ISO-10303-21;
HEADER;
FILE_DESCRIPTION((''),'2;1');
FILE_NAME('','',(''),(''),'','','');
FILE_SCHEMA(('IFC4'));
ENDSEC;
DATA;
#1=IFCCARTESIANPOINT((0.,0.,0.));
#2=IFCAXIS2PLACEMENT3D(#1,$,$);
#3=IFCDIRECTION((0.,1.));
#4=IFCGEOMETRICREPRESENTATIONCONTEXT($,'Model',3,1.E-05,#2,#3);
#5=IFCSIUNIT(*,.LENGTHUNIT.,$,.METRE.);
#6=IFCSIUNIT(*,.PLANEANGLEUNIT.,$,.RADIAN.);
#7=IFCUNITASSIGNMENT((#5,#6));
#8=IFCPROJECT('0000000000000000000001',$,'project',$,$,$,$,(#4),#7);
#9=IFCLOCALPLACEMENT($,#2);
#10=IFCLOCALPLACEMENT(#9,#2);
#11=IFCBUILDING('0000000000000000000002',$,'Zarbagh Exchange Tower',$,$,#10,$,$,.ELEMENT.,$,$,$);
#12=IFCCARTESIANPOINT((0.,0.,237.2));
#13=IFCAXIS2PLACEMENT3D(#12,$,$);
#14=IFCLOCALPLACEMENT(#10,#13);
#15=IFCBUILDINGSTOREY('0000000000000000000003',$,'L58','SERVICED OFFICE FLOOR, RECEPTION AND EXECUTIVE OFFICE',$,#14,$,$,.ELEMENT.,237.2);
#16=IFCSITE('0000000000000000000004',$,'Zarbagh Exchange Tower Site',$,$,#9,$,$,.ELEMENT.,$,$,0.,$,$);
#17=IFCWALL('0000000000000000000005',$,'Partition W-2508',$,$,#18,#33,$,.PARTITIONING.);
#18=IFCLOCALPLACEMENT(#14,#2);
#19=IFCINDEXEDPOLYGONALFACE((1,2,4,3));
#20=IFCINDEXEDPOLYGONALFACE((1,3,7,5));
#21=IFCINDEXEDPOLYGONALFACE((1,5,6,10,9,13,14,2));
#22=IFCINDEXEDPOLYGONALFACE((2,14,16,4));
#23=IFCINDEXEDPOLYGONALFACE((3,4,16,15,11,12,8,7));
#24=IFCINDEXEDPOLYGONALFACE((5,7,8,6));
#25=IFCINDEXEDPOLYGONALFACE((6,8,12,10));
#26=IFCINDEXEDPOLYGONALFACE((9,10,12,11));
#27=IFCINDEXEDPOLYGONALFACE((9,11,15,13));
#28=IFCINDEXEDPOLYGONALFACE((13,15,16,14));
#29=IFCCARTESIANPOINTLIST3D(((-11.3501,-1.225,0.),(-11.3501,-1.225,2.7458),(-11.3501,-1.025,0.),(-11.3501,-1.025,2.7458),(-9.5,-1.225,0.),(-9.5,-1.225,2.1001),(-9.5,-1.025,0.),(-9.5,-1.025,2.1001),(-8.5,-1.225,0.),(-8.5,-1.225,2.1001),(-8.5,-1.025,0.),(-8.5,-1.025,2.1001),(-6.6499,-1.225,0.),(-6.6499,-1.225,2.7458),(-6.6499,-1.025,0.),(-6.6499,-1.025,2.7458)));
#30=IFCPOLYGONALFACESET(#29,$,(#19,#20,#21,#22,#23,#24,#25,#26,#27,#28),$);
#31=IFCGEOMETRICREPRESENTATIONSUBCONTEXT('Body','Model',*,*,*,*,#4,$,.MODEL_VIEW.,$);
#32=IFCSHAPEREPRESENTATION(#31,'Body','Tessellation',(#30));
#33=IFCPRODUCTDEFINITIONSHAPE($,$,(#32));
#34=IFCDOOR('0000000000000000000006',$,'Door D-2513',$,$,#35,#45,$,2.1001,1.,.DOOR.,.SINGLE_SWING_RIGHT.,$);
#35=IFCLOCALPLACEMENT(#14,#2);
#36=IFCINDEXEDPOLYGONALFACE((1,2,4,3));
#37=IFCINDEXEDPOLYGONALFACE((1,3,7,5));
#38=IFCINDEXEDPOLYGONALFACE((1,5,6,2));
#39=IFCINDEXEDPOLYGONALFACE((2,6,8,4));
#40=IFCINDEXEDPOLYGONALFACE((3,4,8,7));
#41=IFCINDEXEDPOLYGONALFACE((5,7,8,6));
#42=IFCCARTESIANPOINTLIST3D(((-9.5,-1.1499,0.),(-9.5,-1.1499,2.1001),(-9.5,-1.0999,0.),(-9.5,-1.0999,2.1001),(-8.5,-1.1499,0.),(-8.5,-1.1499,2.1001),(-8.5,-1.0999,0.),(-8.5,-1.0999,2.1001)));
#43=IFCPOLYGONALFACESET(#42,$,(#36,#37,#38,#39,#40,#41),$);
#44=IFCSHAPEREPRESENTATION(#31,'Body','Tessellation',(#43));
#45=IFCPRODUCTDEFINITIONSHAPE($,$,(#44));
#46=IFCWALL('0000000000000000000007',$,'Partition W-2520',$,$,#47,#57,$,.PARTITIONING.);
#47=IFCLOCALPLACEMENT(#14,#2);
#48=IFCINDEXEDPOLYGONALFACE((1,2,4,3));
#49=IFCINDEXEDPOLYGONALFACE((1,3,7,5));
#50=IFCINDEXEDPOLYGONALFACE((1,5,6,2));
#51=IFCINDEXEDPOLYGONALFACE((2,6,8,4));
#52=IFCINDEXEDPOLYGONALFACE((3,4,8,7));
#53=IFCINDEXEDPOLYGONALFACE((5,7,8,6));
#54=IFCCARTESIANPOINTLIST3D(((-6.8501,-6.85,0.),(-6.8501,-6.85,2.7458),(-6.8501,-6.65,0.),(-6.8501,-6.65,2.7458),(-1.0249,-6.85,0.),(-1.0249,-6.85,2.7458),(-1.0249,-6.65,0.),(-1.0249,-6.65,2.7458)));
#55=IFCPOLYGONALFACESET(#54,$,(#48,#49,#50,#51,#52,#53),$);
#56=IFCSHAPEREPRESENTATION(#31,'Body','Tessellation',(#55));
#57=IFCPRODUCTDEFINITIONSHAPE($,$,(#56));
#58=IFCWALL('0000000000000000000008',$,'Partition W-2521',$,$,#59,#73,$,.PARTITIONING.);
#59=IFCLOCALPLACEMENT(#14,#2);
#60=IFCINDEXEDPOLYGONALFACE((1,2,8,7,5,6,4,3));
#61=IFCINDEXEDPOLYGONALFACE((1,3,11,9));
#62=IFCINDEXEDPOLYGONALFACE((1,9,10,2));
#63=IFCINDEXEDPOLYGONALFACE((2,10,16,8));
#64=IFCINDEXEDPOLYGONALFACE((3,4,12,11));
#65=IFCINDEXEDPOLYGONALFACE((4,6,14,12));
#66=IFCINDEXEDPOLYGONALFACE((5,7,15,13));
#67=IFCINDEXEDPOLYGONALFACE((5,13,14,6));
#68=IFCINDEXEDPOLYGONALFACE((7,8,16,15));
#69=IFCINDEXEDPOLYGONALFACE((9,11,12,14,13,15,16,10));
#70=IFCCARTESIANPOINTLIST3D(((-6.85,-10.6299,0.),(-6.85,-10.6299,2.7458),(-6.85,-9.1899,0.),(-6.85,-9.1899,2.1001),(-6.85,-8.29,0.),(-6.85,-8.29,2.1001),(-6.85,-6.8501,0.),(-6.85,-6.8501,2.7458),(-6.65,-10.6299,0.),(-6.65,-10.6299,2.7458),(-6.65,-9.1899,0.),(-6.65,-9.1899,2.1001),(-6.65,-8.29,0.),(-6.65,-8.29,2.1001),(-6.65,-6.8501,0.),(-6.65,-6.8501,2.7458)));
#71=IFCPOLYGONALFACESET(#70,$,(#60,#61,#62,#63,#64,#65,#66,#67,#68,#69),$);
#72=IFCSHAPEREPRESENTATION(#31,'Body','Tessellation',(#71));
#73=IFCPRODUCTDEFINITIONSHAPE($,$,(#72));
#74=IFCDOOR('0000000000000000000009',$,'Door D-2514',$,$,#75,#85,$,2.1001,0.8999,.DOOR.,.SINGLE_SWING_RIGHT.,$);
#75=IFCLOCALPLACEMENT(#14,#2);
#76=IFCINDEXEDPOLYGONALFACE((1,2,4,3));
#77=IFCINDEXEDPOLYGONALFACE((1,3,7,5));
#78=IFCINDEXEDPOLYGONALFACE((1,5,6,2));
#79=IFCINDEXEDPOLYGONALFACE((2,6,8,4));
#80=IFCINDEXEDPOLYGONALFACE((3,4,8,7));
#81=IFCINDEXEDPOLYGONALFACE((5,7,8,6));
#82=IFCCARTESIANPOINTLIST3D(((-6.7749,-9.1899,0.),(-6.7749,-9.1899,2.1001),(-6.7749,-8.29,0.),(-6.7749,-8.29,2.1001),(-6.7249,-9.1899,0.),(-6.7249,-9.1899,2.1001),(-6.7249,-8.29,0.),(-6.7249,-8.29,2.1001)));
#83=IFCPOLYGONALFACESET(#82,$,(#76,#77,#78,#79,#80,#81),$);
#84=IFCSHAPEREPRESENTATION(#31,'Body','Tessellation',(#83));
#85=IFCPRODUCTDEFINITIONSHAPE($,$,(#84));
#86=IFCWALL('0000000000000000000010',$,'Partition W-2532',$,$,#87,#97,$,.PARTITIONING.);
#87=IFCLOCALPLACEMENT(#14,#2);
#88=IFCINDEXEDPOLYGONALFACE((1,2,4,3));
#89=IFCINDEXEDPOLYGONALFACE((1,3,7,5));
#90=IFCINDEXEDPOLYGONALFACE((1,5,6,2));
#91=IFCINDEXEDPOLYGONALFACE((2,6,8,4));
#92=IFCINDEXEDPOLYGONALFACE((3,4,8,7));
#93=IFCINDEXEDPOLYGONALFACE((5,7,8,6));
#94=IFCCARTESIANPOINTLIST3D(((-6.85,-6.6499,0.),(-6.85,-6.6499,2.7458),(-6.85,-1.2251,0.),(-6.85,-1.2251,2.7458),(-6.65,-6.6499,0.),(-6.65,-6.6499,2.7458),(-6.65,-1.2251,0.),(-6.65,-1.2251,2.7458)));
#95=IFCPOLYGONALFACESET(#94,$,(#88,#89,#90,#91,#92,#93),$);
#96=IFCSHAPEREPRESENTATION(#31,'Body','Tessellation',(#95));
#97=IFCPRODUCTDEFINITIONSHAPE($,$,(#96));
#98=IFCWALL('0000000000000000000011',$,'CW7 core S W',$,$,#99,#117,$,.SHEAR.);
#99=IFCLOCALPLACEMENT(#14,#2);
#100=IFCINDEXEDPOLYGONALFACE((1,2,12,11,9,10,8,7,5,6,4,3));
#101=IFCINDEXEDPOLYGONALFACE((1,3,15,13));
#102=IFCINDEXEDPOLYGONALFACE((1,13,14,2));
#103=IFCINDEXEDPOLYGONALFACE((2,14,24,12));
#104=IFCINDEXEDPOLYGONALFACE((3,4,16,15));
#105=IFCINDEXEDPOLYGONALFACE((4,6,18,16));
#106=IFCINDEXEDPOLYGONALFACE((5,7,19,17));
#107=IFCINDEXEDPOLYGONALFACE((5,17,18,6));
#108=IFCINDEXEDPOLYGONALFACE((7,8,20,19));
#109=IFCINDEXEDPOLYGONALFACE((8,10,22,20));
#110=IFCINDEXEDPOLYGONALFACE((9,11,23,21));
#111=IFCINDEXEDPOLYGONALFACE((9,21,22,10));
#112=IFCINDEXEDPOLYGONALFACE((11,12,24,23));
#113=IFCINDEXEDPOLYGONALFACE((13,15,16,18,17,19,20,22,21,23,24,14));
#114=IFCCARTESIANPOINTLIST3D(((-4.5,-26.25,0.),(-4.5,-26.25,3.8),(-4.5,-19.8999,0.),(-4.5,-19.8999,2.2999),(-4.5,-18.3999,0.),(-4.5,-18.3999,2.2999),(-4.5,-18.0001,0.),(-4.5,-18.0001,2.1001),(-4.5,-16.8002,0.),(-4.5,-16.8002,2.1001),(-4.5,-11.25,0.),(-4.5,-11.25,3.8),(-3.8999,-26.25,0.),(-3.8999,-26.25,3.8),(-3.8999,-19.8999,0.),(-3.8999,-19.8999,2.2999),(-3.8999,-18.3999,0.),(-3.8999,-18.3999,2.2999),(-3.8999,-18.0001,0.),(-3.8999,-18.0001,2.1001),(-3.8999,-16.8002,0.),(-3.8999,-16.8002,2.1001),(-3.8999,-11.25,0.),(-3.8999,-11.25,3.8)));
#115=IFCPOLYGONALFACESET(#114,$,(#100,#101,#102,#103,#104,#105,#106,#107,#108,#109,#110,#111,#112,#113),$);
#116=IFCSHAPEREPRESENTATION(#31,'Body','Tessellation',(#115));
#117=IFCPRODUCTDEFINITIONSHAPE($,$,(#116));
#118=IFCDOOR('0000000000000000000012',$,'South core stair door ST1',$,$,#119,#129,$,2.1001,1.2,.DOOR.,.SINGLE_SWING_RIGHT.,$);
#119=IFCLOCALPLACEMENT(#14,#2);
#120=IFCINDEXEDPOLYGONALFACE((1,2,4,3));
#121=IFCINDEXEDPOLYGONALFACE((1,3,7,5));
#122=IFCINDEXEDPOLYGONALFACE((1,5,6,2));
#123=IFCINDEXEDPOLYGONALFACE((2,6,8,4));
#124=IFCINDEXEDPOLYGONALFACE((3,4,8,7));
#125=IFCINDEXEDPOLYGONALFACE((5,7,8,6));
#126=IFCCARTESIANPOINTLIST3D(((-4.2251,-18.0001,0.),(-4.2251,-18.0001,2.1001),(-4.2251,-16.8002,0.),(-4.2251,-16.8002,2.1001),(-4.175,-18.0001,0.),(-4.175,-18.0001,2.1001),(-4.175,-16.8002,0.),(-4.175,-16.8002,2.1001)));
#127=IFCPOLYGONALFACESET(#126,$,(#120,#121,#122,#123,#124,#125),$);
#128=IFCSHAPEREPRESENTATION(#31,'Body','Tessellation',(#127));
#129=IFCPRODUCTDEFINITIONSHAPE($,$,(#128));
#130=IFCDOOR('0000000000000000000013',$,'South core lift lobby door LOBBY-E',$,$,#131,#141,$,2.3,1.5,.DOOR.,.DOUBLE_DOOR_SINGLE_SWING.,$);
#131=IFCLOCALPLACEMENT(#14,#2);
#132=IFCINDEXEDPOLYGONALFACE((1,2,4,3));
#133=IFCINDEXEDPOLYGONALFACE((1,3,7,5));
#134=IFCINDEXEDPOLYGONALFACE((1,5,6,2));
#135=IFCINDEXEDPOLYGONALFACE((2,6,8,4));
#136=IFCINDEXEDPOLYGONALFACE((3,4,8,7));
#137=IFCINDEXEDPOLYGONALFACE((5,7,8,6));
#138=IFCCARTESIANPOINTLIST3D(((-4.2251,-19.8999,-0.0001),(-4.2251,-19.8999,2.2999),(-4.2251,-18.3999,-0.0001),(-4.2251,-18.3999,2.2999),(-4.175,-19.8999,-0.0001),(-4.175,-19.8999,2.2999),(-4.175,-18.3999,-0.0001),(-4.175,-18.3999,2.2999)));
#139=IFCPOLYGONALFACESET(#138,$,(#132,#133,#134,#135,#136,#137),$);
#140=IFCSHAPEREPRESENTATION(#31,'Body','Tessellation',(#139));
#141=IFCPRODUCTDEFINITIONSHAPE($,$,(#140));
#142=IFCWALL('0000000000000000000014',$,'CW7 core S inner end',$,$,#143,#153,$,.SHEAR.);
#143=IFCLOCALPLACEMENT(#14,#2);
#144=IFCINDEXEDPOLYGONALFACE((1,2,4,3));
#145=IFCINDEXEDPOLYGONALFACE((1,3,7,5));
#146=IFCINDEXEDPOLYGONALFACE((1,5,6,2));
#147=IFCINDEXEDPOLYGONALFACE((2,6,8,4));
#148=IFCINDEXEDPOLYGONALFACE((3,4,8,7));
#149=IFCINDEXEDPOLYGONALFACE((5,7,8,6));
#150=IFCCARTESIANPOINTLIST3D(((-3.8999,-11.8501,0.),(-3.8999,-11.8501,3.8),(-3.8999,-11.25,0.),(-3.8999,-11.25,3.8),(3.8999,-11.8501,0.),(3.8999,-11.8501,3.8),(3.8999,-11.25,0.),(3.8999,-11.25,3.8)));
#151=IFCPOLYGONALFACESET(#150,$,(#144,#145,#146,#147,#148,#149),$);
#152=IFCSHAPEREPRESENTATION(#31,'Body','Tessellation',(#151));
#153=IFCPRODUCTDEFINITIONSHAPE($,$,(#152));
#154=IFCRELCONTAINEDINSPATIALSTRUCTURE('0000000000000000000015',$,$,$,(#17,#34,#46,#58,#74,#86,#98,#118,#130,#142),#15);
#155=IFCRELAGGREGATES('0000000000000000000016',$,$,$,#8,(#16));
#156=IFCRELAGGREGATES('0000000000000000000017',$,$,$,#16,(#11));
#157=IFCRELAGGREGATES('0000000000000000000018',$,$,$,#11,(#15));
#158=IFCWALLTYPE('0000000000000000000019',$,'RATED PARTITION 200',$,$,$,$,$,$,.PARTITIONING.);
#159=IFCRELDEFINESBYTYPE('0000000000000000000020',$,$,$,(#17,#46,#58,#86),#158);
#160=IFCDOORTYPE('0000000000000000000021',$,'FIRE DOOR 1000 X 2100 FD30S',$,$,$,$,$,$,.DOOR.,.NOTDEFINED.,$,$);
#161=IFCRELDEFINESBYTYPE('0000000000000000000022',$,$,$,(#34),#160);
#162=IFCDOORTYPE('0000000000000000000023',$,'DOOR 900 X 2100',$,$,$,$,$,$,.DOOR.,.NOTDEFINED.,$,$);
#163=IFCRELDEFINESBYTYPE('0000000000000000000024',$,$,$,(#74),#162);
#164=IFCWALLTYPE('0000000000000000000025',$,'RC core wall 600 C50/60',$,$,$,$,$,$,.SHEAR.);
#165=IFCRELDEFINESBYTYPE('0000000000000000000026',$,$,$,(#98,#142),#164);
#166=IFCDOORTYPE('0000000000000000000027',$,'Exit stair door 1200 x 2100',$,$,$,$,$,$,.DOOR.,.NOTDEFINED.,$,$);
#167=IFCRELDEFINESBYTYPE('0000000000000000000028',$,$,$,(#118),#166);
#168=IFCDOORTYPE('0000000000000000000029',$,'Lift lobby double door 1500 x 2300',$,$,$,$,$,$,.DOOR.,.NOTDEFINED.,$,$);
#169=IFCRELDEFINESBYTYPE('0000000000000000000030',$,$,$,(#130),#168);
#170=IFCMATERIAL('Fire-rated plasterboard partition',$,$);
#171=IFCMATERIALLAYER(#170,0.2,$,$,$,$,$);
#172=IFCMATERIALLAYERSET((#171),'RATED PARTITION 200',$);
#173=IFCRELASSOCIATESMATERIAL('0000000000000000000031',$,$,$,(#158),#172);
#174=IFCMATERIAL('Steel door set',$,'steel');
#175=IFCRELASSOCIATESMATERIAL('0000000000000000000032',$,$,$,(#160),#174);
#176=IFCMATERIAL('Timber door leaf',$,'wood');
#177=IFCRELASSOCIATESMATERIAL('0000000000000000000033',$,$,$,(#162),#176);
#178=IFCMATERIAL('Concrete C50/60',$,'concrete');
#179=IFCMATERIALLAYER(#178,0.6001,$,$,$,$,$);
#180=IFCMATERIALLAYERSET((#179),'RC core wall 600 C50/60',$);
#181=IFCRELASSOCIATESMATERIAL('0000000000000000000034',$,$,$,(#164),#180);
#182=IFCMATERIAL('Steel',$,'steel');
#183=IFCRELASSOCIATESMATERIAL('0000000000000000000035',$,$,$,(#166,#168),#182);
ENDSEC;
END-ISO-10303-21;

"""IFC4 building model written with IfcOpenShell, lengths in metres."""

from ifc_helpers import new_model, si_unit, direction, frame, frame_2d, origin, place, context, subcontext, project, spatial, rectangle, extrude, material, layer, layer_set, type_object, element, fill, save


model = new_model("IFC4")

# Units and contexts
model_context = context("Model", 3, precision=1e-05, world=origin(), true_north=direction((0.0, 1.0)))
body_context = subcontext(model_context, "Body", "Model", "MODEL_VIEW")
ifc_project = project(units=[si_unit("LENGTHUNIT", "METRE"), si_unit("PLANEANGLEUNIT", "RADIAN")], contexts=[model_context])

# Site, building, storey
site_placement = place(None, origin())
site = spatial("IfcSite", under=ifc_project, at=site_placement, Name="Zarbagh Exchange Tower Site", CompositionType="ELEMENT", RefElevation=0.0)
building_placement = place(site_placement, origin())
building = spatial("IfcBuilding", under=site, at=building_placement, Name="Zarbagh Exchange Tower", CompositionType="ELEMENT")
storey_placement = place(building_placement, frame((0.0, 0.0, 237.2)))
storey = spatial("IfcBuildingStorey", under=building, at=storey_placement, Name="L58", Description="SERVICED OFFICE FLOOR, RECEPTION AND EXECUTIVE OFFICE", CompositionType="ELEMENT", Elevation=237.2)

# Shared definitions
ifc_material_1 = material(Name="Concrete C50/60", Category="concrete")

# Wall, opening, door
ifc_material_2 = material(Name="Fire-rated plasterboard partition")
ifc_layer_1 = layer(ifc_material_2, 0.2)
ifc_layer_set_1 = layer_set([ifc_layer_1], Name="RATED PARTITION 200")
wall_type_1 = type_object("IfcWallType", Name="RATED PARTITION 200", PredefinedType="PARTITIONING", material=ifc_layer_set_1)
wall_1_placement = place(storey_placement, frame((-6.6499, -1.125, 0.0), z_axis=(0.0, 0.0, 1.0), x_axis=(-1.0, 0.0, 0.0)))
wall_1 = element("IfcWall", 1, at=wall_1_placement, inside=storey, type_object=wall_type_1, Name="Partition W-2508", PredefinedType="PARTITIONING", context=body_context, shape_type="SweptSolid", body=[
    extrude(rectangle(XDim=4.7002, YDim=0.2, at=frame_2d((2.3501, 0.0))), origin(), (0.0, 0.0, 1.0), 2.7458),
])
opening_1_placement = place(wall_1_placement, frame((1.8501, 0.0, 0.0)))
opening_1 = element("IfcOpeningElement", 2, at=opening_1_placement, cuts=wall_1, PredefinedType="OPENING", context=body_context, shape_type="SweptSolid", body=[
    extrude(rectangle(XDim=1.0, YDim=2.1001, at=frame_2d((0.5, 1.05))), frame((0.0, 0.1099, 0.0), z_axis=(0.0, -1.0, 0.0), x_axis=(1.0, 0.0, 0.0)), (0.0, 0.0, 1.0), 0.22),
])
ifc_material_3 = material(Name="Steel door set", Category="steel")
door_type_1 = type_object("IfcDoorType", Name="FIRE DOOR 1000 X 2100 FD30S", OperationType="NOTDEFINED", PredefinedType="DOOR", material=ifc_material_3)
door_1_placement = place(opening_1_placement, origin())
door_1 = element("IfcDoor", 3, at=door_1_placement, inside=storey, type_object=door_type_1, Name="Door D-2513", OperationType="SINGLE_SWING_RIGHT", OverallHeight=2.1001, OverallWidth=1.0, PredefinedType="DOOR", context=body_context, shape_type="SweptSolid", body=[
    extrude(rectangle(XDim=1.0, YDim=2.1001, at=frame_2d((0.5, 1.05))), frame((0.0, 0.0249, 0.0), z_axis=(0.0, -1.0, 0.0), x_axis=(1.0, 0.0, 0.0)), (0.0, 0.0, 1.0), 0.05),
])
fill(opening_1, door_1)

# Wall
wall_2_placement = place(storey_placement, frame((-6.8501, -6.75, 0.0), z_axis=(0.0, 0.0, 1.0), x_axis=(1.0, 0.0, 0.0)))
element("IfcWall", 4, at=wall_2_placement, inside=storey, type_object=wall_type_1, Name="Partition W-2520", PredefinedType="PARTITIONING", context=body_context, shape_type="SweptSolid", body=[
    extrude(rectangle(XDim=5.8252, YDim=0.2, at=frame_2d((2.9126, 0.0))), origin(), (0.0, 0.0, 1.0), 2.7458),
])

# Wall, opening, door
wall_3_placement = place(storey_placement, frame((-6.75, -10.6299, 0.0), z_axis=(0.0, 0.0, 1.0), x_axis=(0.0, 1.0, 0.0)))
wall_3 = element("IfcWall", 5, at=wall_3_placement, inside=storey, type_object=wall_type_1, Name="Partition W-2521", PredefinedType="PARTITIONING", context=body_context, shape_type="SweptSolid", body=[
    extrude(rectangle(XDim=3.7798, YDim=0.2, at=frame_2d((1.8899, 0.0))), origin(), (0.0, 0.0, 1.0), 2.7458),
])
opening_2_placement = place(wall_3_placement, frame((1.4399, 0.0, 0.0)))
opening_2 = element("IfcOpeningElement", 6, at=opening_2_placement, cuts=wall_3, PredefinedType="OPENING", context=body_context, shape_type="SweptSolid", body=[
    extrude(rectangle(XDim=0.8999, YDim=2.1001, at=frame_2d((0.45, 1.05))), frame((0.0, 0.1099, 0.0), z_axis=(0.0, -1.0, 0.0), x_axis=(1.0, 0.0, 0.0)), (0.0, 0.0, 1.0), 0.22),
])
ifc_material_4 = material(Name="Timber door leaf", Category="wood")
door_type_2 = type_object("IfcDoorType", Name="DOOR 900 X 2100", OperationType="NOTDEFINED", PredefinedType="DOOR", material=ifc_material_4)
door_2_placement = place(opening_2_placement, origin())
door_2 = element("IfcDoor", 7, at=door_2_placement, inside=storey, type_object=door_type_2, Name="Door D-2514", OperationType="SINGLE_SWING_RIGHT", OverallHeight=2.1001, OverallWidth=0.8999, PredefinedType="DOOR", context=body_context, shape_type="SweptSolid", body=[
    extrude(rectangle(XDim=0.8999, YDim=2.1001, at=frame_2d((0.45, 1.05))), frame((0.0, 0.0249, 0.0), z_axis=(0.0, -1.0, 0.0), x_axis=(1.0, 0.0, 0.0)), (0.0, 0.0, 1.0), 0.05),
])
fill(opening_2, door_2)

# Wall
wall_4_placement = place(storey_placement, frame((-6.75, -6.6499, 0.0), z_axis=(0.0, 0.0, 1.0), x_axis=(0.0, 1.0, 0.0)))
element("IfcWall", 8, at=wall_4_placement, inside=storey, type_object=wall_type_1, Name="Partition W-2532", PredefinedType="PARTITIONING", context=body_context, shape_type="SweptSolid", body=[
    extrude(rectangle(XDim=5.4248, YDim=0.2, at=frame_2d((2.7124, 0.0))), origin(), (0.0, 0.0, 1.0), 2.7458),
])

# Wall, openings, doors
ifc_layer_2 = layer(ifc_material_1, 0.6001)
ifc_layer_set_2 = layer_set([ifc_layer_2], Name="RC core wall 600 C50/60")
wall_type_2 = type_object("IfcWallType", Name="RC core wall 600 C50/60", PredefinedType="SHEAR", material=ifc_layer_set_2)
wall_5_placement = place(storey_placement, frame((-4.2, -11.25, 0.0), z_axis=(0.0, 0.0, 1.0), x_axis=(0.0, -1.0, 0.0)))
wall_5 = element("IfcWall", 9, at=wall_5_placement, inside=storey, type_object=wall_type_2, Name="CW7 core S W", PredefinedType="SHEAR", context=body_context, shape_type="SweptSolid", body=[
    extrude(rectangle(XDim=15.0, YDim=0.6001, at=frame_2d((7.5, 0.0))), origin(), (0.0, 0.0, 1.0), 3.8),
])
opening_3_placement = place(wall_5_placement, frame((7.1499, 0.0, 0.0)))
opening_3 = element("IfcOpeningElement", 10, at=opening_3_placement, cuts=wall_5, PredefinedType="OPENING", context=body_context, shape_type="SweptSolid", body=[
    extrude(rectangle(XDim=1.5, YDim=2.3, at=frame_2d((0.75, 1.1499))), frame((0.0, 0.3101, 0.0), z_axis=(0.0, -1.0, 0.0), x_axis=(1.0, 0.0, 0.0)), (0.0, 0.0, 1.0), 0.6201),
])
opening_4_placement = place(wall_5_placement, frame((5.55, 0.0, 0.0)))
opening_4 = element("IfcOpeningElement", 11, at=opening_4_placement, cuts=wall_5, PredefinedType="OPENING", context=body_context, shape_type="SweptSolid", body=[
    extrude(rectangle(XDim=1.2, YDim=2.1001, at=frame_2d((0.6001, 1.05))), frame((0.0, 0.3101, 0.0), z_axis=(0.0, -1.0, 0.0), x_axis=(1.0, 0.0, 0.0)), (0.0, 0.0, 1.0), 0.6201),
])
ifc_material_5 = material(Name="Steel", Category="steel")
door_type_3 = type_object("IfcDoorType", Name="Exit stair door 1200 x 2100", OperationType="NOTDEFINED", PredefinedType="DOOR", material=ifc_material_5)
door_3_placement = place(opening_4_placement, origin())
door_3 = element("IfcDoor", 12, at=door_3_placement, inside=storey, type_object=door_type_3, Name="South core stair door ST1", OperationType="SINGLE_SWING_RIGHT", OverallHeight=2.1001, OverallWidth=1.2, PredefinedType="DOOR", context=body_context, shape_type="SweptSolid", body=[
    extrude(rectangle(XDim=1.2, YDim=2.1001, at=frame_2d((0.6001, 1.05))), frame((0.0, 0.0249, 0.0), z_axis=(0.0, -1.0, 0.0), x_axis=(1.0, 0.0, 0.0)), (0.0, 0.0, 1.0), 0.05),
])
fill(opening_4, door_3)
door_type_4 = type_object("IfcDoorType", Name="Lift lobby double door 1500 x 2300", OperationType="NOTDEFINED", PredefinedType="DOOR", material=ifc_material_5)
door_4_placement = place(opening_3_placement, origin())
door_4 = element("IfcDoor", 13, at=door_4_placement, inside=storey, type_object=door_type_4, Name="South core lift lobby door LOBBY-E", OperationType="DOUBLE_DOOR_SINGLE_SWING", OverallHeight=2.3, OverallWidth=1.5, PredefinedType="DOOR", context=body_context, shape_type="SweptSolid", body=[
    extrude(rectangle(XDim=1.5, YDim=2.3, at=frame_2d((0.75, 1.1499))), frame((0.0, 0.0249, 0.0), z_axis=(0.0, -1.0, 0.0), x_axis=(1.0, 0.0, 0.0)), (0.0, 0.0, 1.0), 0.05),
])
fill(opening_3, door_4)

# Wall
wall_6_placement = place(storey_placement, frame((-3.8999, -11.55, 0.0), z_axis=(0.0, 0.0, 1.0), x_axis=(1.0, 0.0, 0.0)))
element("IfcWall", 14, at=wall_6_placement, inside=storey, type_object=wall_type_2, Name="CW7 core S inner end", PredefinedType="SHEAR", context=body_context, shape_type="SweptSolid", body=[
    extrude(rectangle(XDim=7.7998, YDim=0.6001, at=frame_2d((3.8999, 0.0))), origin(), (0.0, 0.0, 1.0), 3.8),
])

save(model, "model.ifc")
